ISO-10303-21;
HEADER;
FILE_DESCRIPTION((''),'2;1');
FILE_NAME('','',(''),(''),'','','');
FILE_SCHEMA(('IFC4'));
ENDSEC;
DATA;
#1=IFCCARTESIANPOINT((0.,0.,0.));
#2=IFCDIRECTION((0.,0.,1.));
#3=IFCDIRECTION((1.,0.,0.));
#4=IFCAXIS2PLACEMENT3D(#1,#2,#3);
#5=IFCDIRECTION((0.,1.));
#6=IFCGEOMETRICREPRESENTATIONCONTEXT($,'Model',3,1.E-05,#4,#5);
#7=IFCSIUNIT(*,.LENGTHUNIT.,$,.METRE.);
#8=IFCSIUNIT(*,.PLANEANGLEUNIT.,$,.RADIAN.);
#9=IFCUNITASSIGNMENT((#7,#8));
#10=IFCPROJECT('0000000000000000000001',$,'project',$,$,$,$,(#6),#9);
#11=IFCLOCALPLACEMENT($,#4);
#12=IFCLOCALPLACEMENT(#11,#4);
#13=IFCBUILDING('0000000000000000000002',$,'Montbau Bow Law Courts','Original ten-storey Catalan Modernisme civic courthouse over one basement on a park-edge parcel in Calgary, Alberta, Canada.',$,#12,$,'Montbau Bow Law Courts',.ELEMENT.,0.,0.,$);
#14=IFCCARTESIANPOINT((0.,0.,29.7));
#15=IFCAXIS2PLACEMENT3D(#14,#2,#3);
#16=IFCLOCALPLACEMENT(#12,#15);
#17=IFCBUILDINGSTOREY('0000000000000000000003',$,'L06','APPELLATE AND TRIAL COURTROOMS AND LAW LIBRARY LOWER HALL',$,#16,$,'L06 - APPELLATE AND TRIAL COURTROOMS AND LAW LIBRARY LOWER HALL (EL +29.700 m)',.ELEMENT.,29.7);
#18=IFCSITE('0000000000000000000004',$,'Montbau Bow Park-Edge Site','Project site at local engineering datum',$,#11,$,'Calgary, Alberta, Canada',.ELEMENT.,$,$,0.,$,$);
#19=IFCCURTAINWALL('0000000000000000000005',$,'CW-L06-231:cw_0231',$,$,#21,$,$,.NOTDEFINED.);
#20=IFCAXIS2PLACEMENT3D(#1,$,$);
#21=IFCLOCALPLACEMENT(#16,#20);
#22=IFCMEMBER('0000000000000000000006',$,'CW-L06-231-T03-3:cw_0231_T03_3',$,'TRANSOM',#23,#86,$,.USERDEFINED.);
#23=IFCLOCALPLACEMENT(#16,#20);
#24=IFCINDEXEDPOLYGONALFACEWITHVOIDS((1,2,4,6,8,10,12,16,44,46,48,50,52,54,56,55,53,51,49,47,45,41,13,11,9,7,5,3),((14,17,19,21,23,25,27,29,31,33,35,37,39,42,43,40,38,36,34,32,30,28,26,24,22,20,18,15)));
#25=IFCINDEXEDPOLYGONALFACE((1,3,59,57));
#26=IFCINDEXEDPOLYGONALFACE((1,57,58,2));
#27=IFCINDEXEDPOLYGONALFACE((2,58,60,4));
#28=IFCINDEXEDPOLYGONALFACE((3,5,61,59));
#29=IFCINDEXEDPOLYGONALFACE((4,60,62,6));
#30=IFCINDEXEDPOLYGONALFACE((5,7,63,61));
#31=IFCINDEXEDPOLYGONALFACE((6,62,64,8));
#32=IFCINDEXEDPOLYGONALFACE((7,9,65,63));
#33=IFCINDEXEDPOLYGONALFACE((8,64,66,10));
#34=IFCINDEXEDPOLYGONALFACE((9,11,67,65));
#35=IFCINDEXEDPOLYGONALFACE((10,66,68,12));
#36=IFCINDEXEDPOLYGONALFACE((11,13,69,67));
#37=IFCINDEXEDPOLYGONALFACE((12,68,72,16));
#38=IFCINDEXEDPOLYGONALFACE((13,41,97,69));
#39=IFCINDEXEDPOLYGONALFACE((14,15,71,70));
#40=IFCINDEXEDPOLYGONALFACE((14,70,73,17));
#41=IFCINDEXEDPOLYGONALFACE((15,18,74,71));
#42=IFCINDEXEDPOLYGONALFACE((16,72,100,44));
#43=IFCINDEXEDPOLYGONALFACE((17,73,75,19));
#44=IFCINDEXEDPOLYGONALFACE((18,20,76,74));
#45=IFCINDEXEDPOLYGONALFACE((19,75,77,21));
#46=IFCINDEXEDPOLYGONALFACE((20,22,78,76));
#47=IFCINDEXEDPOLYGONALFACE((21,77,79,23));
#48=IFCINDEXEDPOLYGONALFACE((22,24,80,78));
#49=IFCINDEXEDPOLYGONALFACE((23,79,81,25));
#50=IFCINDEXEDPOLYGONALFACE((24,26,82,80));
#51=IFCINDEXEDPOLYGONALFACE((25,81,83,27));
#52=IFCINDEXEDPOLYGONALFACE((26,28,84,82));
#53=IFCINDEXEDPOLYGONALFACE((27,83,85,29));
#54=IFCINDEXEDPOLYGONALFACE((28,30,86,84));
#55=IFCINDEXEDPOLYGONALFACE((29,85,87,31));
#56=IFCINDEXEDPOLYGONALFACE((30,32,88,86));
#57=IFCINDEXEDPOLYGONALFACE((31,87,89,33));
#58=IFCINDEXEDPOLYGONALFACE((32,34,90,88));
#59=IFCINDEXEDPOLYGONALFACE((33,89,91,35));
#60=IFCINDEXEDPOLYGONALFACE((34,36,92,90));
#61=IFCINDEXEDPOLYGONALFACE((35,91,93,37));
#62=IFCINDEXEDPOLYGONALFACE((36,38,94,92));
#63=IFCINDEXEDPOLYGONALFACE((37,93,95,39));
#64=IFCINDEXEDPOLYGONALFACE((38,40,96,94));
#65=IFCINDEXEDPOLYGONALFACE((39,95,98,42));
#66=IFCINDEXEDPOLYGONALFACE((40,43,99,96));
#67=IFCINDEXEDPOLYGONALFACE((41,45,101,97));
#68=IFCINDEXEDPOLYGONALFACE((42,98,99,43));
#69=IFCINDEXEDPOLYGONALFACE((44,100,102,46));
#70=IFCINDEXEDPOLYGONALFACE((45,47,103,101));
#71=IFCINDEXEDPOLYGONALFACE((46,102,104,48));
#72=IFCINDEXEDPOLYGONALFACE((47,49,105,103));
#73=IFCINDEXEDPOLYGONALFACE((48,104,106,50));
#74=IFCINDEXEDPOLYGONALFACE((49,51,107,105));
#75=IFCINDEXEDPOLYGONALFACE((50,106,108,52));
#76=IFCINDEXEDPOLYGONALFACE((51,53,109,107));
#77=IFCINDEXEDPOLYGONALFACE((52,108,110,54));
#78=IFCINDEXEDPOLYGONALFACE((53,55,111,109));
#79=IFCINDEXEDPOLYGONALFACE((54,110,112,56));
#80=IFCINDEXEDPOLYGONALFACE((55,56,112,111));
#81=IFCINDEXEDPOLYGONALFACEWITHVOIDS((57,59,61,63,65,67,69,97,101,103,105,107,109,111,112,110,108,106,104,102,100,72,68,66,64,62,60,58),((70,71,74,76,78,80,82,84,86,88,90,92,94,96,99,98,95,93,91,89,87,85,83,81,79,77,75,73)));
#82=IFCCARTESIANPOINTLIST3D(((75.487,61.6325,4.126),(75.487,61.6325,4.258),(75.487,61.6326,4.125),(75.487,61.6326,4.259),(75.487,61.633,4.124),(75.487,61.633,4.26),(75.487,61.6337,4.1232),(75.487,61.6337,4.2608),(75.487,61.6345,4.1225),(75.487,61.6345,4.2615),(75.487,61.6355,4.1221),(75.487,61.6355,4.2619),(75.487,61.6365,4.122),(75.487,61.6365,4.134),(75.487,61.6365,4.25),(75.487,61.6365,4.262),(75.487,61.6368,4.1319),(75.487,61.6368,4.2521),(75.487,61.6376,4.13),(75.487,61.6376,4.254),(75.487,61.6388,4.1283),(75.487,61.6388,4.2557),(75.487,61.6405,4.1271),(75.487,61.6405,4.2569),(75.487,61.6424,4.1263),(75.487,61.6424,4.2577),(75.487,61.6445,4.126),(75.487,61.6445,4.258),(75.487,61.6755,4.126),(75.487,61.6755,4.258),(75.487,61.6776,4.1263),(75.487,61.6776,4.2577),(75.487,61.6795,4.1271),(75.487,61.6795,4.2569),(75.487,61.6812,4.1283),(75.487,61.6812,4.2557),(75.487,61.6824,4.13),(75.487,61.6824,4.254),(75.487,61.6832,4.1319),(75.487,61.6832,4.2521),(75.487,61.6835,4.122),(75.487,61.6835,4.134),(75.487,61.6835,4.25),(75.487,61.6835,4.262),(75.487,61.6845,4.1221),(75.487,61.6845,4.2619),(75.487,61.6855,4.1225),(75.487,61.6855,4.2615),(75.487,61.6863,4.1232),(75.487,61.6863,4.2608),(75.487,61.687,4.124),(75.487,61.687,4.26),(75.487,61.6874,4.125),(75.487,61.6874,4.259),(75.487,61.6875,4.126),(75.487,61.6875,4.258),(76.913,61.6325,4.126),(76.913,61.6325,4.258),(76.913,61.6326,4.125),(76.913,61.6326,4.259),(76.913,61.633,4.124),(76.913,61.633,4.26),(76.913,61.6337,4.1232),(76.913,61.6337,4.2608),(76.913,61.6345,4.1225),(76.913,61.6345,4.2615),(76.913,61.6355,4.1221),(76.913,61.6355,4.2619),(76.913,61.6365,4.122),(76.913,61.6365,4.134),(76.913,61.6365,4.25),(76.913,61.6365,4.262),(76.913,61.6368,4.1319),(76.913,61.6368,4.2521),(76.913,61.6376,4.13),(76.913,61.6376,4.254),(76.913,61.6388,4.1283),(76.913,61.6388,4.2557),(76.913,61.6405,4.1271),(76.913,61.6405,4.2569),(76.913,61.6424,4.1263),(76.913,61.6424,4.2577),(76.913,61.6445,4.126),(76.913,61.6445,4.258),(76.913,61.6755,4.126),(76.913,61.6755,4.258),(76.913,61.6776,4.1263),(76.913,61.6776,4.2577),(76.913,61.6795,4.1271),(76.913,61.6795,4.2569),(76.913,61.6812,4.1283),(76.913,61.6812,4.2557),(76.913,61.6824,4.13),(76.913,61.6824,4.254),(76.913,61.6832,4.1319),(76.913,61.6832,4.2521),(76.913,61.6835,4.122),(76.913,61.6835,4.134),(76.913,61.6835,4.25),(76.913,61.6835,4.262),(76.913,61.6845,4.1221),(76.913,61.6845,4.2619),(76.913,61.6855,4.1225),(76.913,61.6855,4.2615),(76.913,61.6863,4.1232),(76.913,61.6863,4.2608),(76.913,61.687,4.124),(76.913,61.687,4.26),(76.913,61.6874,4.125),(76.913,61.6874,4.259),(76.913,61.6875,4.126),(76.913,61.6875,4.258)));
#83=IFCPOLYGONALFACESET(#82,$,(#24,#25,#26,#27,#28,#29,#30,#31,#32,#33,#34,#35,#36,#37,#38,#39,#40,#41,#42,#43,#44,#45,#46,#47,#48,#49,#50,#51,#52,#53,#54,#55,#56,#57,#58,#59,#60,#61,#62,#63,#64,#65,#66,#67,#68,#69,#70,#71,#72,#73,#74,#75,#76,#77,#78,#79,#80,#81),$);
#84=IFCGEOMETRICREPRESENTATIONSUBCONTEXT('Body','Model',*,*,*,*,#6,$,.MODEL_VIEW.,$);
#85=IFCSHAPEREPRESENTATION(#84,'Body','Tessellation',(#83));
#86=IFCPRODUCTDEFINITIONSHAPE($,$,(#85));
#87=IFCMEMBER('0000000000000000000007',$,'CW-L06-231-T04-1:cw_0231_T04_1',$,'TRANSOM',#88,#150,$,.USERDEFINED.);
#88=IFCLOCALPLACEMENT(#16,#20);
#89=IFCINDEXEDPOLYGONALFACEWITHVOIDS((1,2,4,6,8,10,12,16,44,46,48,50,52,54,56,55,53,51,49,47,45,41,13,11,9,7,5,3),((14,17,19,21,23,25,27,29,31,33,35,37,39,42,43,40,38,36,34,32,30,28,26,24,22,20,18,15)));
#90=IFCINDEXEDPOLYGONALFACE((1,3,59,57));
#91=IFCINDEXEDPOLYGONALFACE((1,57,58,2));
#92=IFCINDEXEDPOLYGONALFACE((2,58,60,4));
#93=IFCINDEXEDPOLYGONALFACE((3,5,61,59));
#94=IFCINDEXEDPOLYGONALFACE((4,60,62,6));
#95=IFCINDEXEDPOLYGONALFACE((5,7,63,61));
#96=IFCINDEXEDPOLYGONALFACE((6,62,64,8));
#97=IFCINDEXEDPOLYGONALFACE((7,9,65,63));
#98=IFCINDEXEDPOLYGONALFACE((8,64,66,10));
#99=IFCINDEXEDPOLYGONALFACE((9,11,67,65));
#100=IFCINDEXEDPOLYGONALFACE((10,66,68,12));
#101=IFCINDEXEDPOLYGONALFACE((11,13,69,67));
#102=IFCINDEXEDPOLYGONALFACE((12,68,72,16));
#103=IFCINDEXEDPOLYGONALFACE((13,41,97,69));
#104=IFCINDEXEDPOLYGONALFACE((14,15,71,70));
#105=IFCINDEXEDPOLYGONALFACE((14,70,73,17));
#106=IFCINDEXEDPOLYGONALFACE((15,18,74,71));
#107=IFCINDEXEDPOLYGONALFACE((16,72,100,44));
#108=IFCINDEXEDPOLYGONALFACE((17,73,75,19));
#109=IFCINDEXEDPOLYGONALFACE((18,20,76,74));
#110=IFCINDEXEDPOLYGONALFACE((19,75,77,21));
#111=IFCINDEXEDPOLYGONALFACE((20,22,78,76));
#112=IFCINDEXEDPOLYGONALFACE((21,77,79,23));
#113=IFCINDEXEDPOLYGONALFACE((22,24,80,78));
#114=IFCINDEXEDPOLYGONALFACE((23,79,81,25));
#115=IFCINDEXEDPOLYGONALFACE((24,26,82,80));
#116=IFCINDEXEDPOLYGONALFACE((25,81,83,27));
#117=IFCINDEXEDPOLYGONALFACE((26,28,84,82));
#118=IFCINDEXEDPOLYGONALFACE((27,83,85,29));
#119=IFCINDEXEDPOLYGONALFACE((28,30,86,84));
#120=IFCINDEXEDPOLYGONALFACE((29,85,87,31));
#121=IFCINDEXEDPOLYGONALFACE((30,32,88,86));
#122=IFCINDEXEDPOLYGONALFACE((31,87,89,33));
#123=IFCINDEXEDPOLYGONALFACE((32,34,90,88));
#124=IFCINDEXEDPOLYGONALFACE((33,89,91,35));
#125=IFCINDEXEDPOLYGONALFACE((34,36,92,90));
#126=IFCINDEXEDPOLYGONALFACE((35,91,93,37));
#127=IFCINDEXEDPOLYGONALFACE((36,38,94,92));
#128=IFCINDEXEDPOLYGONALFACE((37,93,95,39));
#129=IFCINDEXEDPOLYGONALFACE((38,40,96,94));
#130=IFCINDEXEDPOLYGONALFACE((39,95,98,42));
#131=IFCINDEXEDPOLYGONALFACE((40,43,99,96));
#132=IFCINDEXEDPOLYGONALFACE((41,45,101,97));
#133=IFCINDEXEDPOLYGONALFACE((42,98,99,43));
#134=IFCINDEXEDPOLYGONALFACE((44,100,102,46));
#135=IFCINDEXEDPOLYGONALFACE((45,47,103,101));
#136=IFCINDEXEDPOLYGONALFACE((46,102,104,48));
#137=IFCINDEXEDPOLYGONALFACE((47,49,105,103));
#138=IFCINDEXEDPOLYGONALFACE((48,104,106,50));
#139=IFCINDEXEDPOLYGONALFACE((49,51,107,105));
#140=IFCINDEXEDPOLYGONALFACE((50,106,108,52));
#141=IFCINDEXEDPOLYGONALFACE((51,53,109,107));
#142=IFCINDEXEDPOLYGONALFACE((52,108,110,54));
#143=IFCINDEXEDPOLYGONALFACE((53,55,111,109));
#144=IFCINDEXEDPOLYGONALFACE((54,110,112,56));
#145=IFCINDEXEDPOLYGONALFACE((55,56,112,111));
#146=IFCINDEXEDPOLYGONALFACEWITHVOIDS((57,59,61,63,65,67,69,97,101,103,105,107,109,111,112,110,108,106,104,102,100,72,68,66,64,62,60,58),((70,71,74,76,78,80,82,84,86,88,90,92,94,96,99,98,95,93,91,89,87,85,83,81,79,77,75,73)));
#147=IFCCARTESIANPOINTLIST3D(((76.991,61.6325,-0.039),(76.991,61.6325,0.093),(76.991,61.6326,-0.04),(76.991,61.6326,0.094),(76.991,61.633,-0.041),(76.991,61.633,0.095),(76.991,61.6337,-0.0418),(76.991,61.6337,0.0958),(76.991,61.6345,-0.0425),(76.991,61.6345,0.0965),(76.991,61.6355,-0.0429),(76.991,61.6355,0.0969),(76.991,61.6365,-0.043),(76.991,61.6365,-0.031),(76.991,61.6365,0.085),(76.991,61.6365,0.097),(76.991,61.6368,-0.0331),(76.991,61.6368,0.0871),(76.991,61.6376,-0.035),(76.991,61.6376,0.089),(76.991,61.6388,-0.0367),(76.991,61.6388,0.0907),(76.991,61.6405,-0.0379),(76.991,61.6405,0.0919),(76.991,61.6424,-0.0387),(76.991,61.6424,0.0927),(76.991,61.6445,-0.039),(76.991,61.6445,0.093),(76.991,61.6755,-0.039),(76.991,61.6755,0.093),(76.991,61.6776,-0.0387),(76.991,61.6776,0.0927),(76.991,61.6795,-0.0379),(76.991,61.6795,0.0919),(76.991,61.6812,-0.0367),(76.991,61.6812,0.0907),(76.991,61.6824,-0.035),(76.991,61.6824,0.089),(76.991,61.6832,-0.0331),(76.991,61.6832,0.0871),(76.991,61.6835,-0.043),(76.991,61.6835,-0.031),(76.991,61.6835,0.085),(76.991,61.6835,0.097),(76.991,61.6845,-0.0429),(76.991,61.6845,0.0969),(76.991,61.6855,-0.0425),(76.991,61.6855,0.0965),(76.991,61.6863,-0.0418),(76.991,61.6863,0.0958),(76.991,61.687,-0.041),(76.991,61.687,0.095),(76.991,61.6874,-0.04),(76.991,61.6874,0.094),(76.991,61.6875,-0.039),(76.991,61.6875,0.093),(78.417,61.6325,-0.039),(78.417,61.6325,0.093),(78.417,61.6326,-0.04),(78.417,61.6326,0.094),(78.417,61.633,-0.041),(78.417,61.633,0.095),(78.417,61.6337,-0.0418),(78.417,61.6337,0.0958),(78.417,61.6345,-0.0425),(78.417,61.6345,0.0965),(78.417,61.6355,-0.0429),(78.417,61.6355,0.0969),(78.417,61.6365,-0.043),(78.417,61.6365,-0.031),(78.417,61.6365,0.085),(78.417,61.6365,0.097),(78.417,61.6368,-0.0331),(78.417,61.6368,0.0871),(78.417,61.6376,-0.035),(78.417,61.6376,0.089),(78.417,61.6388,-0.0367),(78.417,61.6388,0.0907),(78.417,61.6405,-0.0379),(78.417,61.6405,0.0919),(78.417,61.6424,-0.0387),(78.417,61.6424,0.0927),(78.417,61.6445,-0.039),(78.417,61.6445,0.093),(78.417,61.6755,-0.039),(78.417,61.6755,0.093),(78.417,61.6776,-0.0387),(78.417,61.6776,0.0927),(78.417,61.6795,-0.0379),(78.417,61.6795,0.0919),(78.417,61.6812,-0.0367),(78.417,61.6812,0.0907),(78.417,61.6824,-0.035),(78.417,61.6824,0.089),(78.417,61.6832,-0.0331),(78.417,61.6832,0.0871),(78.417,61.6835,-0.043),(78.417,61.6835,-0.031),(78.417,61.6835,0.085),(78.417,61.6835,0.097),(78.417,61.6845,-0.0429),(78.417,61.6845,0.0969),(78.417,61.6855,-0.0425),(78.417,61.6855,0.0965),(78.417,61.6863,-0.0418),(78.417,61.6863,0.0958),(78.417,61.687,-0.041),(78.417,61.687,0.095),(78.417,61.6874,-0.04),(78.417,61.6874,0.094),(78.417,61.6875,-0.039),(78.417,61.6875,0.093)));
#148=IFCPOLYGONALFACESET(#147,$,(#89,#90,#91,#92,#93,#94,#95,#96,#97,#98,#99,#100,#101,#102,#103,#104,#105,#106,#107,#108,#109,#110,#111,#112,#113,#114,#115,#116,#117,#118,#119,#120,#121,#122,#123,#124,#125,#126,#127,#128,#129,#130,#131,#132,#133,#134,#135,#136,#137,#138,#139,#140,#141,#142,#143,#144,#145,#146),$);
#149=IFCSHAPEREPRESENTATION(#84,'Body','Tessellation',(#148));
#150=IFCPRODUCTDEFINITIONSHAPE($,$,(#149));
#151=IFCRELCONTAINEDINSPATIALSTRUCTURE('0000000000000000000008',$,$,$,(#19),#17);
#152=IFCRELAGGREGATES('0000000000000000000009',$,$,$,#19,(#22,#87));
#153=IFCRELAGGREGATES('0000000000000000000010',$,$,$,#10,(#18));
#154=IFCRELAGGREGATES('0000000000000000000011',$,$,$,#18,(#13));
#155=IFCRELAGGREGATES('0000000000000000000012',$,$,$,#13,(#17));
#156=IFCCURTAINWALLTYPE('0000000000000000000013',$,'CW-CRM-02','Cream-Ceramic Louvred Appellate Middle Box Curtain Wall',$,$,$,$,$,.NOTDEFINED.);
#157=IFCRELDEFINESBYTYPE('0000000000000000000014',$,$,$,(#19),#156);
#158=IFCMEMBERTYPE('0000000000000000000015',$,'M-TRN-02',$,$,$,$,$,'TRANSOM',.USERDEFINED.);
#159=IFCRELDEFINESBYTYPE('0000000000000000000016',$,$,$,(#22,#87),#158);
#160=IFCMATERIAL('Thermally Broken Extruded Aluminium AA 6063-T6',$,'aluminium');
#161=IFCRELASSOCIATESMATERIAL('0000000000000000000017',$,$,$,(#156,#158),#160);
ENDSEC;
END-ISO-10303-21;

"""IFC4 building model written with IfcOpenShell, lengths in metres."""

from ifc_helpers import new_model, si_unit, direction, frame, origin_with_axes, origin_2d_with_axis, place, context, subcontext, project, spatial, hollow_rectangle, extrude, material, material_profile, profile_set, type_object, element, aggregate, save


model = new_model("IFC4")

# Units and contexts
model_context = context("Model", 3, precision=1e-05, world=origin_with_axes(), true_north=direction((0.0, 1.0)))
body_context = subcontext(model_context, "Body", "Model", "MODEL_VIEW")
ifc_project = project(units=[si_unit("LENGTHUNIT", "METRE"), si_unit("PLANEANGLEUNIT", "RADIAN")], contexts=[model_context])

# Site, building, storey
site_placement = place(None, origin_with_axes())
site = spatial("IfcSite", under=ifc_project, at=site_placement, Name="Montbau Bow Park-Edge Site", Description="Project site at local engineering datum", LongName="Calgary, Alberta, Canada", CompositionType="ELEMENT", RefElevation=0.0)
building_placement = place(site_placement, origin_with_axes())
building = spatial("IfcBuilding", under=site, at=building_placement, Name="Montbau Bow Law Courts", Description="Original ten-storey Catalan Modernisme civic courthouse over one basement on a park-edge parcel in Calgary, Alberta, Canada.", LongName="Montbau Bow Law Courts", CompositionType="ELEMENT", ElevationOfRefHeight=0.0, ElevationOfTerrain=0.0)
storey_placement = place(building_placement, frame((0.0, 0.0, 29.7), z_axis=(0.0, 0.0, 1.0), x_axis=(1.0, 0.0, 0.0)))
storey = spatial("IfcBuildingStorey", under=building, at=storey_placement, Name="L06", Description="APPELLATE AND TRIAL COURTROOMS AND LAW LIBRARY LOWER HALL", LongName="L06 - APPELLATE AND TRIAL COURTROOMS AND LAW LIBRARY LOWER HALL (EL +29.700 m)", CompositionType="ELEMENT", Elevation=29.7)

# Curtain wall, members
ifc_material_1 = material(Name="Thermally Broken Extruded Aluminium AA 6063-T6", Category="aluminium")
curtain_wall_type = type_object("IfcCurtainWallType", Name="CW-CRM-02", Description="Cream-Ceramic Louvred Appellate Middle Box Curtain Wall", PredefinedType="NOTDEFINED", material=ifc_material_1)
curtain_wall_placement = place(None, frame((72.44, 61.66, 29.7), z_axis=(0.0, 0.0, 1.0), x_axis=(1.0, 0.0, 0.0)))
curtain_wall = element("IfcCurtainWall", 1, at=curtain_wall_placement, inside=storey, type_object=curtain_wall_type, Name="CW-L06-231:cw_0231", PredefinedType="NOTDEFINED")
ifc_material_profile_1 = material_profile(ifc_material_1, hollow_rectangle(XDim=0.055, YDim=0.14, WallThickness=0.004, InnerFilletRadius=0.008, OuterFilletRadius=0.004, at=origin_2d_with_axis()), Name="CWT-140X55", Category="Main", Priority=0)
ifc_profile_set_1 = profile_set([ifc_material_profile_1], Name="Thermally Broken Extruded Aluminium AA 6063-T6")
member_type_1 = type_object("IfcMemberType", Name="M-TRN-02", ElementType="TRANSOM", PredefinedType="USERDEFINED", material=ifc_profile_set_1)
member_1_placement = place(None, frame((75.487, 61.66, 33.892), z_axis=(1.0, 0.0, 0.0), x_axis=(0.0, 1.0, 0.0)))
member_1 = element("IfcMember", 2, at=member_1_placement, type_object=member_type_1, Name="CW-L06-231-T03-3:cw_0231_T03_3", ObjectType="TRANSOM", PredefinedType="USERDEFINED", context=body_context, shape_type="SweptSolid", body=[
    extrude(hollow_rectangle(XDim=0.055, YDim=0.14, WallThickness=0.004, InnerFilletRadius=0.008, OuterFilletRadius=0.004, at=origin_2d_with_axis()), origin_with_axes(), (0.0, 0.0, 1.0), 1.426),
])
member_2_placement = place(None, frame((76.991, 61.66, 29.727), z_axis=(1.0, 0.0, 0.0), x_axis=(0.0, 1.0, 0.0)))
member_2 = element("IfcMember", 3, at=member_2_placement, type_object=member_type_1, Name="CW-L06-231-T04-1:cw_0231_T04_1", ObjectType="TRANSOM", PredefinedType="USERDEFINED", context=body_context, shape_type="SweptSolid", body=[
    extrude(hollow_rectangle(XDim=0.055, YDim=0.14, WallThickness=0.004, InnerFilletRadius=0.008, OuterFilletRadius=0.004, at=origin_2d_with_axis()), origin_with_axes(), (0.0, 0.0, 1.0), 1.426),
])
aggregate(curtain_wall, [member_1, member_2])

save(model, "model.ifc")
